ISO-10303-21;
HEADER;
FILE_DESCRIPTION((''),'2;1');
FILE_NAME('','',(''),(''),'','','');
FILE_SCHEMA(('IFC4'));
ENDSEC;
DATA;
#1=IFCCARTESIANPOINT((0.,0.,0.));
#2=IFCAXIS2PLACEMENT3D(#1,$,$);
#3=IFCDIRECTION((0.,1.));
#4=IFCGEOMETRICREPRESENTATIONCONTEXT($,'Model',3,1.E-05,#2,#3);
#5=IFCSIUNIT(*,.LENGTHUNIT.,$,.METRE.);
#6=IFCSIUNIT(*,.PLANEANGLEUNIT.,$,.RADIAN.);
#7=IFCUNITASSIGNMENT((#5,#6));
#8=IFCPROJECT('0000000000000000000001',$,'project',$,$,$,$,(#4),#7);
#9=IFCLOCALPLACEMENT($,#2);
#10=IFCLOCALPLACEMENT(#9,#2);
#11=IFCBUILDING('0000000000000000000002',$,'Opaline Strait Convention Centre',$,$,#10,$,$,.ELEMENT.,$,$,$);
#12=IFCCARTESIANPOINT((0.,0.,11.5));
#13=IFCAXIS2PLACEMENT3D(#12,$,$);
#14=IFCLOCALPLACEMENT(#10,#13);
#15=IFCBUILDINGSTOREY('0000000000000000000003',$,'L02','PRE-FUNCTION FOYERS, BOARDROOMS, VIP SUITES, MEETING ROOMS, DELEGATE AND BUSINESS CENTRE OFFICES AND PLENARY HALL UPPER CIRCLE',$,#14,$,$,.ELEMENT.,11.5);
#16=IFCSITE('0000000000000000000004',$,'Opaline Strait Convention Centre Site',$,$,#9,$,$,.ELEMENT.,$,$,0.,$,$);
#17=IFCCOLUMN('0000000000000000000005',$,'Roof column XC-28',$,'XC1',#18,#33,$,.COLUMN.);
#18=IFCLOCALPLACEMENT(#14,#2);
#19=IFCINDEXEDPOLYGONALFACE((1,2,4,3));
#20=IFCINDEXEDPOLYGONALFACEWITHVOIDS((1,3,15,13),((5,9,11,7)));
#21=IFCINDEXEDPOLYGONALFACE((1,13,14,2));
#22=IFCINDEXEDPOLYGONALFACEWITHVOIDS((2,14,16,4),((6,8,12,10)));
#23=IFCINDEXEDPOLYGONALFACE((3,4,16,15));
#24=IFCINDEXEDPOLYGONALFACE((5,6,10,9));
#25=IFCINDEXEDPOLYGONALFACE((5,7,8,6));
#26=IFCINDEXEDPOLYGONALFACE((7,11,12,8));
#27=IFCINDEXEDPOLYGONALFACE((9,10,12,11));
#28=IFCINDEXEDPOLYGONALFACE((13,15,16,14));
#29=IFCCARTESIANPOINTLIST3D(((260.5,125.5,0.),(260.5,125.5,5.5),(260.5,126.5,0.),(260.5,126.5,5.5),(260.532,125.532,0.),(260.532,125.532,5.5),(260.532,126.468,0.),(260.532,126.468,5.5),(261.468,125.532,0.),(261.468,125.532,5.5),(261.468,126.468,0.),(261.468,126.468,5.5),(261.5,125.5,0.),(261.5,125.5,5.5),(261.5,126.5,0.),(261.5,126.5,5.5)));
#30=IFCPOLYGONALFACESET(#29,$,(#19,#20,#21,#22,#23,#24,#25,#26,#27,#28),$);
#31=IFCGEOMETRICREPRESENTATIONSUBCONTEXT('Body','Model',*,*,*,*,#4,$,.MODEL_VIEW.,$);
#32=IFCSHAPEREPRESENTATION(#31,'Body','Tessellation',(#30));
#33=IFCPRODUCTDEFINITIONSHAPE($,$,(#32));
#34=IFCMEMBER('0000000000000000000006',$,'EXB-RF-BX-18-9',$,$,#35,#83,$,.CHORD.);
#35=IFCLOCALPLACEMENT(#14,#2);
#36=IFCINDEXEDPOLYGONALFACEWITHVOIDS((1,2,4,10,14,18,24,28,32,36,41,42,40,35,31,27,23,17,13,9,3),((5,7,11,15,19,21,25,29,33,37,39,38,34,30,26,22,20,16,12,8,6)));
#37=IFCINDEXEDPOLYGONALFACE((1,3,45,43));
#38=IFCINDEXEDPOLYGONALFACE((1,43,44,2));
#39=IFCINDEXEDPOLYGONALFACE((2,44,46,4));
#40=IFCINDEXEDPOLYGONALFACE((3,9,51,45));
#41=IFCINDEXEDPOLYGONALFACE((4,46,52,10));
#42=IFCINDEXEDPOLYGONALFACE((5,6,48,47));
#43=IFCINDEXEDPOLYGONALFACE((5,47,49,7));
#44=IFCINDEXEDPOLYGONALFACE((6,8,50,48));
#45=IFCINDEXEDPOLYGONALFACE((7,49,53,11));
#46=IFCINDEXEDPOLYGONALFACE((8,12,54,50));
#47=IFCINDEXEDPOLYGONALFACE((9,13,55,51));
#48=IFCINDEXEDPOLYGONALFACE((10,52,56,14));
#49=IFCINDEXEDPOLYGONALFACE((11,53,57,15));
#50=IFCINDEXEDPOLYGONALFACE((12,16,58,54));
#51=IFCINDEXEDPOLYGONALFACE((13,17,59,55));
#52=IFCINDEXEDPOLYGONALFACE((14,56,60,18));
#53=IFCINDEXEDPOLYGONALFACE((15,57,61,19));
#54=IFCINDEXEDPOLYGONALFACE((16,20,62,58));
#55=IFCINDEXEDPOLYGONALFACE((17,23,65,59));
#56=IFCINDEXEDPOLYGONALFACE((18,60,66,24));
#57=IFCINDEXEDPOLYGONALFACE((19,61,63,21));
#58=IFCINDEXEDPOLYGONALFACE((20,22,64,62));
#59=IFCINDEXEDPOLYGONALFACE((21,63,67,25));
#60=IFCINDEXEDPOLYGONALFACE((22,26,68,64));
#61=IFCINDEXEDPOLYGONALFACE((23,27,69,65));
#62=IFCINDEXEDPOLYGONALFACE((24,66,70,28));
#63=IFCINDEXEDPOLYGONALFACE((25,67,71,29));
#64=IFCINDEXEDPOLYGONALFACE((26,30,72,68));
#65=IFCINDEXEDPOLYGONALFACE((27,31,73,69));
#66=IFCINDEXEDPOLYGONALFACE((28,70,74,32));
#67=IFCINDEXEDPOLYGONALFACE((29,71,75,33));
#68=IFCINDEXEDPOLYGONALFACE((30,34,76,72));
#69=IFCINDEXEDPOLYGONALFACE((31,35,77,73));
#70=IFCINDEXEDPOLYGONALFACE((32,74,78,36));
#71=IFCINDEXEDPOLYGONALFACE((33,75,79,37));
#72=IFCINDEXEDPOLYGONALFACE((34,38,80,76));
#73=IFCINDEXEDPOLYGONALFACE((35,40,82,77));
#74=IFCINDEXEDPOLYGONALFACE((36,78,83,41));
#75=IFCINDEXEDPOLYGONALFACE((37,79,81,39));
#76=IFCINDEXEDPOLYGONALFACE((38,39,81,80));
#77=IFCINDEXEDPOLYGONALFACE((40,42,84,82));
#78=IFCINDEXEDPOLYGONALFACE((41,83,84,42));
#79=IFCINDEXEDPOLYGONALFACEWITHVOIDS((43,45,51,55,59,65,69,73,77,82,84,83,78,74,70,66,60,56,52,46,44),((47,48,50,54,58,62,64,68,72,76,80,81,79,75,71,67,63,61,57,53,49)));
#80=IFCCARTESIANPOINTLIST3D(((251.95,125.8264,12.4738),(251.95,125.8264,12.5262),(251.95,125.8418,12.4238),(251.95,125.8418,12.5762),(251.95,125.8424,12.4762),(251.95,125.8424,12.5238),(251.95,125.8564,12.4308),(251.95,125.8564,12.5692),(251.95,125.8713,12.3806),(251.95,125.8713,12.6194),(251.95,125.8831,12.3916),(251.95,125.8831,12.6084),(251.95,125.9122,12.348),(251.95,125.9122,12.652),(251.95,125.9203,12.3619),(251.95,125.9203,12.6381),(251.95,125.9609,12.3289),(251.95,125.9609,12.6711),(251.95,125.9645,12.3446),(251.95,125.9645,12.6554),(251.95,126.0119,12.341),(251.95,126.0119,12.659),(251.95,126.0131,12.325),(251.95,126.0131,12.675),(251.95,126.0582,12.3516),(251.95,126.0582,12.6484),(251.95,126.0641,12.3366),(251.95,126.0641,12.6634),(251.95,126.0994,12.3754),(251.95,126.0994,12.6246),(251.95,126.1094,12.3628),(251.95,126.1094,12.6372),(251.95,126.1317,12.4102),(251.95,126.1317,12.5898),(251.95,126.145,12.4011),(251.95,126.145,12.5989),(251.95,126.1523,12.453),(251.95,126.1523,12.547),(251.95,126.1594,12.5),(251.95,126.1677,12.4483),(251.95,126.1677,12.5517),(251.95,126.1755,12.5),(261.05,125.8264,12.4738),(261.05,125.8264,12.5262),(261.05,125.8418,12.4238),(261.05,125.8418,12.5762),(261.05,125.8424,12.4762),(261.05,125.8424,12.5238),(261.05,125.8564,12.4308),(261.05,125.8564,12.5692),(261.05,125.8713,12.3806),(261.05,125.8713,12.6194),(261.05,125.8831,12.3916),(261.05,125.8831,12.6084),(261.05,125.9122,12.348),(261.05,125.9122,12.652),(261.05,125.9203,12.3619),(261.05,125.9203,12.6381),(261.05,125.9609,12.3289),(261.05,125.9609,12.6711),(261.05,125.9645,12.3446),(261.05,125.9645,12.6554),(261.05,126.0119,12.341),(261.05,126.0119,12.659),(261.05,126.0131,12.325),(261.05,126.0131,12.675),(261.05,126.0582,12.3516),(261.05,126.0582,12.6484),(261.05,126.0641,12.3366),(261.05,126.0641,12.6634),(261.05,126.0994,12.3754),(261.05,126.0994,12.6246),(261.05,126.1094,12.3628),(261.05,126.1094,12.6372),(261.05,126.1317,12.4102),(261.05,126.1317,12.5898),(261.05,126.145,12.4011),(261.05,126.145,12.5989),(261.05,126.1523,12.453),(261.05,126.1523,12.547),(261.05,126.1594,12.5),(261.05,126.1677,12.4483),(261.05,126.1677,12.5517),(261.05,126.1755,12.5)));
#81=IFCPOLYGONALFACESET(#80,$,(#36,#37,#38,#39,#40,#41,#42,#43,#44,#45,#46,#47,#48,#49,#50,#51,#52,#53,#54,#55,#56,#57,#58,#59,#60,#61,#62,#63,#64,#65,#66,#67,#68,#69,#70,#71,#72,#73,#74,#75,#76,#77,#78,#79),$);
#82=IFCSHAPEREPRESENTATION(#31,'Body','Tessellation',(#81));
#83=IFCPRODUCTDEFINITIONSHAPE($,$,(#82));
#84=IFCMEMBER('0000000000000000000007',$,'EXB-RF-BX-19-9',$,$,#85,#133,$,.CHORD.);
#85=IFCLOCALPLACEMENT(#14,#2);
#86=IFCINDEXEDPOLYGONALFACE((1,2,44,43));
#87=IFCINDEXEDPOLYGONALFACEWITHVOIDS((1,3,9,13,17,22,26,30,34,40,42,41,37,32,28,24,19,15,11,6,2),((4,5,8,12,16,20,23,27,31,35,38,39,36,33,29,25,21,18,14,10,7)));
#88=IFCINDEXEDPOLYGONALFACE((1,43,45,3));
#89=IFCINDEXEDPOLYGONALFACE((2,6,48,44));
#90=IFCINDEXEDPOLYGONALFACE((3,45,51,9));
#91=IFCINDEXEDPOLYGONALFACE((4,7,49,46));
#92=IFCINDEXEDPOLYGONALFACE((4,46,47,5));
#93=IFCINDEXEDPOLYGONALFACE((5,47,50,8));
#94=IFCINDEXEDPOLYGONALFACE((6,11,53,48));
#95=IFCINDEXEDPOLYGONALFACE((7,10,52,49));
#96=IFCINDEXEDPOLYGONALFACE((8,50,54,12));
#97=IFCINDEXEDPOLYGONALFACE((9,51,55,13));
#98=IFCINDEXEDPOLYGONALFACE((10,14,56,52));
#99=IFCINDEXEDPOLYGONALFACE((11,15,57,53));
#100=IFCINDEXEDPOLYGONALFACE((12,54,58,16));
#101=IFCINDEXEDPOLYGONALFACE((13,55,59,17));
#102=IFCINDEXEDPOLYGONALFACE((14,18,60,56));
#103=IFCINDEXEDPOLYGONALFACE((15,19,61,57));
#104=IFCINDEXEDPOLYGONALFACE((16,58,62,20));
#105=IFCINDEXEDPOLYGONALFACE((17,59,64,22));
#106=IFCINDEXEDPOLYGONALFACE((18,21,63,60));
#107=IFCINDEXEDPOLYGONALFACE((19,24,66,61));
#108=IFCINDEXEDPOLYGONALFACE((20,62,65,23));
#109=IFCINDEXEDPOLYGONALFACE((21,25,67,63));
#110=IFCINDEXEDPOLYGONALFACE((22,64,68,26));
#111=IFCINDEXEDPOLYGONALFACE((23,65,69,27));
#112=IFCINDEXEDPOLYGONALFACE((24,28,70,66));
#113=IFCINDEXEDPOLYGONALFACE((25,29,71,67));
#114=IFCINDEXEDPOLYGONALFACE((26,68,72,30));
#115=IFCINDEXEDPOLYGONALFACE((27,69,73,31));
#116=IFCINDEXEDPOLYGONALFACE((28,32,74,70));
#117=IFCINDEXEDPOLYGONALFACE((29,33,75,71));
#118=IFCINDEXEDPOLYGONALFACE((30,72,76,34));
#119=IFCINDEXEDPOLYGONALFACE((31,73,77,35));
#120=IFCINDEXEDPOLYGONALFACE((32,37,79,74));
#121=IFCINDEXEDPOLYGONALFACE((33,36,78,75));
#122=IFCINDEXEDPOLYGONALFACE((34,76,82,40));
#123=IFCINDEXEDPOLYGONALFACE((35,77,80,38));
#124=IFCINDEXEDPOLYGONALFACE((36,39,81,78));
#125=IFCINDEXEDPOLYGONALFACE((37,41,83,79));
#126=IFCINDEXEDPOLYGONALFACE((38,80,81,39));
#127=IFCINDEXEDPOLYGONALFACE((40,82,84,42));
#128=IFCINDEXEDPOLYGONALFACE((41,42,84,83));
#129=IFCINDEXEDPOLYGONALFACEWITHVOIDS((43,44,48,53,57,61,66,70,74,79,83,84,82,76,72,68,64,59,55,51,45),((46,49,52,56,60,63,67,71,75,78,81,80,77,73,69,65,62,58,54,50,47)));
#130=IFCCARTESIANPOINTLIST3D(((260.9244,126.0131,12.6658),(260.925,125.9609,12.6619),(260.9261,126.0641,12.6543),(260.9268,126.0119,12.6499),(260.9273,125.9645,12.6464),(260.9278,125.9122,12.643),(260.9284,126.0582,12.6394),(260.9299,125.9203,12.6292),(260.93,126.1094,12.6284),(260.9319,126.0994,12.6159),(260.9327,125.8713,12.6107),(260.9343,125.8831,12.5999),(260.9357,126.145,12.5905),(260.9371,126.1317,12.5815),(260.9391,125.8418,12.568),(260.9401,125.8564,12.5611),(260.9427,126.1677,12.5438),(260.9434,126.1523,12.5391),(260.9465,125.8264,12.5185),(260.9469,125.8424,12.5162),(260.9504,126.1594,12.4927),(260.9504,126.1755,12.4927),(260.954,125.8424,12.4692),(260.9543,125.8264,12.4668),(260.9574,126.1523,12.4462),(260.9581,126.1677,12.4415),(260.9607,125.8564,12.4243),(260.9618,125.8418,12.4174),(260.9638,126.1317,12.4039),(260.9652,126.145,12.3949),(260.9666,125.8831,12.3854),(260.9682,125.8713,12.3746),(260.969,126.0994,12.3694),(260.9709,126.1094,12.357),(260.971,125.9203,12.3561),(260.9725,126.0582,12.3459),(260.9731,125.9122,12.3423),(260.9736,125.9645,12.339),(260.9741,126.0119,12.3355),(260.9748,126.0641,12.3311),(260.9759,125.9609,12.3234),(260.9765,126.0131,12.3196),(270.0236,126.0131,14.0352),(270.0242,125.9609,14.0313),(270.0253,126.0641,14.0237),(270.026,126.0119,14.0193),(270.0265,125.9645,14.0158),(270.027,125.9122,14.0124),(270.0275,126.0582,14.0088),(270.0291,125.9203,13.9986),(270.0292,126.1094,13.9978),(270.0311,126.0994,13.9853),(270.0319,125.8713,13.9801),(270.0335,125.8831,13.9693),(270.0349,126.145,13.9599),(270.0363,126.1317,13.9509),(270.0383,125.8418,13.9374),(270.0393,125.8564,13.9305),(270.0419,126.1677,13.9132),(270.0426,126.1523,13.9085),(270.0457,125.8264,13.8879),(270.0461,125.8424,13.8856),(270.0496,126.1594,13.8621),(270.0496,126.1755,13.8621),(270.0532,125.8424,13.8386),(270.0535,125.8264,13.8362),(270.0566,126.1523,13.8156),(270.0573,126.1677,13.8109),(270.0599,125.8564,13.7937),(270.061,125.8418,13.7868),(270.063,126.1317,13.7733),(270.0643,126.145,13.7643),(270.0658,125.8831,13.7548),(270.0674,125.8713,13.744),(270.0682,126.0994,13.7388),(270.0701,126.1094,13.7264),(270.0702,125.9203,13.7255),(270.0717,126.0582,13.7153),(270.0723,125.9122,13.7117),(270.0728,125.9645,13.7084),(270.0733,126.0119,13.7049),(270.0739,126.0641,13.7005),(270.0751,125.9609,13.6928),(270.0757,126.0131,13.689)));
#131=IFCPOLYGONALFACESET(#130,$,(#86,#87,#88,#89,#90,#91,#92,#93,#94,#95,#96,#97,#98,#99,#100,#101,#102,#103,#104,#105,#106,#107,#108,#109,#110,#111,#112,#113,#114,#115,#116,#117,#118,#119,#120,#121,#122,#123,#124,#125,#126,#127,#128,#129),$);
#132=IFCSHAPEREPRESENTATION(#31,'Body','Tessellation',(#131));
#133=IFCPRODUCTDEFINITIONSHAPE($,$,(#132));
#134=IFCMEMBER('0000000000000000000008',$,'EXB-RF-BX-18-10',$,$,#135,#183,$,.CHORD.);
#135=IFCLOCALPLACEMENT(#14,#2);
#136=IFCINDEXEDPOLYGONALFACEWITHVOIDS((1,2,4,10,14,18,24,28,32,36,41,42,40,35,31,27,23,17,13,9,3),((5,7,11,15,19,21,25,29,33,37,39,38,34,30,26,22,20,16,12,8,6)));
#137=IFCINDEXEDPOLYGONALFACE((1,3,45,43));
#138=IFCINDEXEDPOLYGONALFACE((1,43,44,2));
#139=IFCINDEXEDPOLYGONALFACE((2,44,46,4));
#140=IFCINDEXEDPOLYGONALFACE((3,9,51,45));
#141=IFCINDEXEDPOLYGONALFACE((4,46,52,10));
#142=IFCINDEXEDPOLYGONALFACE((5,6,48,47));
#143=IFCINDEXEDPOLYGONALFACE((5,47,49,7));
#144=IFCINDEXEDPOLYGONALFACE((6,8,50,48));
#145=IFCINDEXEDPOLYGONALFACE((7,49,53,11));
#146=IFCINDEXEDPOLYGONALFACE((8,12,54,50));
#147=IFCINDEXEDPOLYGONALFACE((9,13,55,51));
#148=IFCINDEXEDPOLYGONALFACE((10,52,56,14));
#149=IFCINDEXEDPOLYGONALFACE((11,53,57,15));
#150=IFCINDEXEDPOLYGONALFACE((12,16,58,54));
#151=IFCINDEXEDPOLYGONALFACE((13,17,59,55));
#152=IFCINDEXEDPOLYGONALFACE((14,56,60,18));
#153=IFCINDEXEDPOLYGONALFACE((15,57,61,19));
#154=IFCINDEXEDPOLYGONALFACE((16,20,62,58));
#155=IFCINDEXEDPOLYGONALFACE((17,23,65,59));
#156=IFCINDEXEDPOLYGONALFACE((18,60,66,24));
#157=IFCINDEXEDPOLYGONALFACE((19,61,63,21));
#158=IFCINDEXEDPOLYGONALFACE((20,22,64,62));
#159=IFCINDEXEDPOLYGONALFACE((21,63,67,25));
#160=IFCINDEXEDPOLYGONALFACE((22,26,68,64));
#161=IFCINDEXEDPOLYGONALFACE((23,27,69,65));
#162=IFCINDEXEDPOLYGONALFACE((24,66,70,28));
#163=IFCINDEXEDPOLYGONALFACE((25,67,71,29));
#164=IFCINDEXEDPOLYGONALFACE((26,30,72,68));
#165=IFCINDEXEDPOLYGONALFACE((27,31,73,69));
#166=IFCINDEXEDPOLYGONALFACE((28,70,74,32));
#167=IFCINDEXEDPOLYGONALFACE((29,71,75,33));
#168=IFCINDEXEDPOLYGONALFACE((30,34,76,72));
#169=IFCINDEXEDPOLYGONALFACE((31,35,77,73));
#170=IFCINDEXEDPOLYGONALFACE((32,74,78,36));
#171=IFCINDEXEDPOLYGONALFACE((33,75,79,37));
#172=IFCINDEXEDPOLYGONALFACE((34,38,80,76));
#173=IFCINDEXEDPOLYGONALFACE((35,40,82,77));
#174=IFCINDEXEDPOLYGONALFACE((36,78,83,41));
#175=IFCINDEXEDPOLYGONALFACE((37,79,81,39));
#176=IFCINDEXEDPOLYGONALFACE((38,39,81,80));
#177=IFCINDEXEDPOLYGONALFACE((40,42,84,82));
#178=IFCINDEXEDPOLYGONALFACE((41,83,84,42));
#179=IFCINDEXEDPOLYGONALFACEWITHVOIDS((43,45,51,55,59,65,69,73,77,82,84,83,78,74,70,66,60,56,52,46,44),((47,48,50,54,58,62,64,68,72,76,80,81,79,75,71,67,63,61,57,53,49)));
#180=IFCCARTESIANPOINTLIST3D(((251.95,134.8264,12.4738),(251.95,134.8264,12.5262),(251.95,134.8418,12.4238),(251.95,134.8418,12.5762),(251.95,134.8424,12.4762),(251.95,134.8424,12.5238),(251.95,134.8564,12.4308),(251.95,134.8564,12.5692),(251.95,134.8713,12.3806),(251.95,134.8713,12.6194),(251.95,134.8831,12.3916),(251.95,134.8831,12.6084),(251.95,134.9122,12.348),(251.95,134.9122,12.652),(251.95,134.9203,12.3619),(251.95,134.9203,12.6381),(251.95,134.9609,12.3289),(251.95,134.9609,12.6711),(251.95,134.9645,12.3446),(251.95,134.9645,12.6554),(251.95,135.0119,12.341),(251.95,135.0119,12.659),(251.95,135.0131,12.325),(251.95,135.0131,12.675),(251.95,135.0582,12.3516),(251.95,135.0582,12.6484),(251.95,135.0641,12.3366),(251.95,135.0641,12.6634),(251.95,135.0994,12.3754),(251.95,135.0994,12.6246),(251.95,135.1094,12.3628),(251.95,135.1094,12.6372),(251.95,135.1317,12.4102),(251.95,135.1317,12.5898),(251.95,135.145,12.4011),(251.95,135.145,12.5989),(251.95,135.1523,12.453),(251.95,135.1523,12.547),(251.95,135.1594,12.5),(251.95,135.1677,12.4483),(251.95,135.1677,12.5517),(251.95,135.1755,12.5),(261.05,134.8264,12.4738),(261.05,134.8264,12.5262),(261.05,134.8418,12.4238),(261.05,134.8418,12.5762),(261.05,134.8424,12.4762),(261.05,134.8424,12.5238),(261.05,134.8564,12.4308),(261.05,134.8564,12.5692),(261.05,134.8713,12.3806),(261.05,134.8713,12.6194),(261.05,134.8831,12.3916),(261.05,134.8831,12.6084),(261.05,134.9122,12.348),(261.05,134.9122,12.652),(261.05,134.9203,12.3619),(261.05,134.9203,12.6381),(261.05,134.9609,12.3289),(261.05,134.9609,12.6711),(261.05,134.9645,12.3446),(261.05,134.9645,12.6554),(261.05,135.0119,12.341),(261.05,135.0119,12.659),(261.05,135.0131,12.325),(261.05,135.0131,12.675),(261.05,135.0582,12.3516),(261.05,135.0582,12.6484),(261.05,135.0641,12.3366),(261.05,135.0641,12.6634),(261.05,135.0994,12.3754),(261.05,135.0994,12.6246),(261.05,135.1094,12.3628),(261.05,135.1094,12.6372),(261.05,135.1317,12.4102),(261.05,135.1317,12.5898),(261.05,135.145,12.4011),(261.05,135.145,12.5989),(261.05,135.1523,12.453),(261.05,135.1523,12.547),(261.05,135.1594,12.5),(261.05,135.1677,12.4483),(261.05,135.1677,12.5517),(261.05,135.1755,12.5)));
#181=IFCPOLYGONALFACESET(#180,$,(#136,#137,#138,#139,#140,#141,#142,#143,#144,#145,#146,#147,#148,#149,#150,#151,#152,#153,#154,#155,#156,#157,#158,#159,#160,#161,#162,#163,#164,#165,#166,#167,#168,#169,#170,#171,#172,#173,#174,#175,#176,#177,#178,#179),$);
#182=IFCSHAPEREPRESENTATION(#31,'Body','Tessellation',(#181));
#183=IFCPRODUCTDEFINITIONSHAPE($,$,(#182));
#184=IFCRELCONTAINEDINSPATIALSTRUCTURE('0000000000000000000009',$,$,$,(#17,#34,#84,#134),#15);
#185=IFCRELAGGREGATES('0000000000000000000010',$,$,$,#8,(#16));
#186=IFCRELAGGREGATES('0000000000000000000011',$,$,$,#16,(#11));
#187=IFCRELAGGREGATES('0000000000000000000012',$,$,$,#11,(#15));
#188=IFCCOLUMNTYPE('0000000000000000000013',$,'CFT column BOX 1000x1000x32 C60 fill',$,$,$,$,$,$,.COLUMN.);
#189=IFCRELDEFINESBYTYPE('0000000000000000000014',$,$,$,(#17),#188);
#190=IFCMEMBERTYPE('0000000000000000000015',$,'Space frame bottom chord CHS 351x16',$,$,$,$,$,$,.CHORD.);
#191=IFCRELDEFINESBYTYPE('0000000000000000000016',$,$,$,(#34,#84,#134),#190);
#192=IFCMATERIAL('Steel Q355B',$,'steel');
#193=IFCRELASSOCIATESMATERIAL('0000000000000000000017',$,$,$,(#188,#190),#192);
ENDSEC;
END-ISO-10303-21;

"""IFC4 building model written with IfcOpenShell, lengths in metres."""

from ifc_helpers import new_model, si_unit, direction, frame, origin, origin_2d, place, context, subcontext, project, spatial, hollow_rectangle, hollow_circle, extrude, material, material_profile, profile_set, type_object, element, save


model = new_model("IFC4")

# Units and contexts
model_context = context("Model", 3, precision=1e-05, world=origin(), true_north=direction((0.0, 1.0)))
body_context = subcontext(model_context, "Body", "Model", "MODEL_VIEW")
ifc_project = project(units=[si_unit("LENGTHUNIT", "METRE"), si_unit("PLANEANGLEUNIT", "RADIAN")], contexts=[model_context])

# Site, building, storey
site_placement = place(None, origin())
site = spatial("IfcSite", under=ifc_project, at=site_placement, Name="Opaline Strait Convention Centre Site", CompositionType="ELEMENT", RefElevation=0.0)
building_placement = place(site_placement, origin())
building = spatial("IfcBuilding", under=site, at=building_placement, Name="Opaline Strait Convention Centre", CompositionType="ELEMENT")
storey_placement = place(building_placement, frame((0.0, 0.0, 11.5)))
storey = spatial("IfcBuildingStorey", under=building, at=storey_placement, Name="L02", Description="PRE-FUNCTION FOYERS, BOARDROOMS, VIP SUITES, MEETING ROOMS, DELEGATE AND BUSINESS CENTRE OFFICES AND PLENARY HALL UPPER CIRCLE", CompositionType="ELEMENT", Elevation=11.5)

# Column
ifc_material_1 = material(Name="Steel Q355B", Category="steel")
ifc_material_profile_1 = material_profile(ifc_material_1, hollow_rectangle(XDim=1.0, YDim=1.0, WallThickness=0.032, at=origin_2d()), Name="BOX 1000x1000x32")
ifc_profile_set_1 = profile_set([ifc_material_profile_1], Name="Steel Q355B")
column_type = type_object("IfcColumnType", Name="CFT column BOX 1000x1000x32 C60 fill", PredefinedType="COLUMN", material=ifc_profile_set_1)
column_placement = place(storey_placement, frame((261.0, 126.0, 0.0), z_axis=(0.0, 0.0, 1.0), x_axis=(1.0, 0.0, 0.0)))
element("IfcColumn", 1, at=column_placement, inside=storey, type_object=column_type, Name="Roof column XC-28", ObjectType="XC1", PredefinedType="COLUMN", context=body_context, shape_type="SweptSolid", body=[
    extrude(hollow_rectangle(XDim=1.0, YDim=1.0, WallThickness=0.032, at=origin_2d()), origin(), (0.0, 0.0, 1.0), 5.5),
])

# Members
ifc_material_profile_2 = material_profile(ifc_material_1, hollow_circle(Radius=0.1755, WallThickness=0.0161, at=origin_2d()), Name="CHS 351x16")
ifc_profile_set_2 = profile_set([ifc_material_profile_2], Name="Steel Q355B")
member_type_1 = type_object("IfcMemberType", Name="Space frame bottom chord CHS 351x16", PredefinedType="CHORD", material=ifc_profile_set_2)
member_1_placement = place(storey_placement, frame((251.95, 126.0, 12.5), z_axis=(1.0, 0.0, 0.0), x_axis=(0.0, 1.0, 0.0)))
element("IfcMember", 2, at=member_1_placement, inside=storey, type_object=member_type_1, Name="EXB-RF-BX-18-9", PredefinedType="CHORD", context=body_context, shape_type="SweptSolid", body=[
    extrude(hollow_circle(Radius=0.1755, WallThickness=0.0161, at=origin_2d()), origin(), (0.0, 0.0, 1.0), 9.1001),
])
member_2_placement = place(storey_placement, frame((260.9504, 126.0, 12.4927), z_axis=(0.988864, 0.0, 0.14882), x_axis=(0.0, 1.0, 0.0)))
element("IfcMember", 3, at=member_2_placement, inside=storey, type_object=member_type_1, Name="EXB-RF-BX-19-9", PredefinedType="CHORD", context=body_context, shape_type="SweptSolid", body=[
    extrude(hollow_circle(Radius=0.1755, WallThickness=0.0161, at=origin_2d()), origin(), (0.0, 0.0, 1.0), 9.2017),
])
for number, where, z_axis, x_axis, name in (
    (4, (251.95, 135.0, 12.5), (1.0, 0.0, 0.0), (0.0, 1.0, 0.0), "EXB-RF-BX-18-10"),
):
    element("IfcMember", number, at=place(storey_placement, frame(where, z_axis=z_axis, x_axis=x_axis)), inside=storey, type_object=member_type_1, Name=name, PredefinedType="CHORD", context=body_context, shape_type="SweptSolid", body=[
        extrude(hollow_circle(Radius=0.1755, WallThickness=0.0161, at=origin_2d()), origin(), (0.0, 0.0, 1.0), 9.1001),
    ])

save(model, "model.ifc")
